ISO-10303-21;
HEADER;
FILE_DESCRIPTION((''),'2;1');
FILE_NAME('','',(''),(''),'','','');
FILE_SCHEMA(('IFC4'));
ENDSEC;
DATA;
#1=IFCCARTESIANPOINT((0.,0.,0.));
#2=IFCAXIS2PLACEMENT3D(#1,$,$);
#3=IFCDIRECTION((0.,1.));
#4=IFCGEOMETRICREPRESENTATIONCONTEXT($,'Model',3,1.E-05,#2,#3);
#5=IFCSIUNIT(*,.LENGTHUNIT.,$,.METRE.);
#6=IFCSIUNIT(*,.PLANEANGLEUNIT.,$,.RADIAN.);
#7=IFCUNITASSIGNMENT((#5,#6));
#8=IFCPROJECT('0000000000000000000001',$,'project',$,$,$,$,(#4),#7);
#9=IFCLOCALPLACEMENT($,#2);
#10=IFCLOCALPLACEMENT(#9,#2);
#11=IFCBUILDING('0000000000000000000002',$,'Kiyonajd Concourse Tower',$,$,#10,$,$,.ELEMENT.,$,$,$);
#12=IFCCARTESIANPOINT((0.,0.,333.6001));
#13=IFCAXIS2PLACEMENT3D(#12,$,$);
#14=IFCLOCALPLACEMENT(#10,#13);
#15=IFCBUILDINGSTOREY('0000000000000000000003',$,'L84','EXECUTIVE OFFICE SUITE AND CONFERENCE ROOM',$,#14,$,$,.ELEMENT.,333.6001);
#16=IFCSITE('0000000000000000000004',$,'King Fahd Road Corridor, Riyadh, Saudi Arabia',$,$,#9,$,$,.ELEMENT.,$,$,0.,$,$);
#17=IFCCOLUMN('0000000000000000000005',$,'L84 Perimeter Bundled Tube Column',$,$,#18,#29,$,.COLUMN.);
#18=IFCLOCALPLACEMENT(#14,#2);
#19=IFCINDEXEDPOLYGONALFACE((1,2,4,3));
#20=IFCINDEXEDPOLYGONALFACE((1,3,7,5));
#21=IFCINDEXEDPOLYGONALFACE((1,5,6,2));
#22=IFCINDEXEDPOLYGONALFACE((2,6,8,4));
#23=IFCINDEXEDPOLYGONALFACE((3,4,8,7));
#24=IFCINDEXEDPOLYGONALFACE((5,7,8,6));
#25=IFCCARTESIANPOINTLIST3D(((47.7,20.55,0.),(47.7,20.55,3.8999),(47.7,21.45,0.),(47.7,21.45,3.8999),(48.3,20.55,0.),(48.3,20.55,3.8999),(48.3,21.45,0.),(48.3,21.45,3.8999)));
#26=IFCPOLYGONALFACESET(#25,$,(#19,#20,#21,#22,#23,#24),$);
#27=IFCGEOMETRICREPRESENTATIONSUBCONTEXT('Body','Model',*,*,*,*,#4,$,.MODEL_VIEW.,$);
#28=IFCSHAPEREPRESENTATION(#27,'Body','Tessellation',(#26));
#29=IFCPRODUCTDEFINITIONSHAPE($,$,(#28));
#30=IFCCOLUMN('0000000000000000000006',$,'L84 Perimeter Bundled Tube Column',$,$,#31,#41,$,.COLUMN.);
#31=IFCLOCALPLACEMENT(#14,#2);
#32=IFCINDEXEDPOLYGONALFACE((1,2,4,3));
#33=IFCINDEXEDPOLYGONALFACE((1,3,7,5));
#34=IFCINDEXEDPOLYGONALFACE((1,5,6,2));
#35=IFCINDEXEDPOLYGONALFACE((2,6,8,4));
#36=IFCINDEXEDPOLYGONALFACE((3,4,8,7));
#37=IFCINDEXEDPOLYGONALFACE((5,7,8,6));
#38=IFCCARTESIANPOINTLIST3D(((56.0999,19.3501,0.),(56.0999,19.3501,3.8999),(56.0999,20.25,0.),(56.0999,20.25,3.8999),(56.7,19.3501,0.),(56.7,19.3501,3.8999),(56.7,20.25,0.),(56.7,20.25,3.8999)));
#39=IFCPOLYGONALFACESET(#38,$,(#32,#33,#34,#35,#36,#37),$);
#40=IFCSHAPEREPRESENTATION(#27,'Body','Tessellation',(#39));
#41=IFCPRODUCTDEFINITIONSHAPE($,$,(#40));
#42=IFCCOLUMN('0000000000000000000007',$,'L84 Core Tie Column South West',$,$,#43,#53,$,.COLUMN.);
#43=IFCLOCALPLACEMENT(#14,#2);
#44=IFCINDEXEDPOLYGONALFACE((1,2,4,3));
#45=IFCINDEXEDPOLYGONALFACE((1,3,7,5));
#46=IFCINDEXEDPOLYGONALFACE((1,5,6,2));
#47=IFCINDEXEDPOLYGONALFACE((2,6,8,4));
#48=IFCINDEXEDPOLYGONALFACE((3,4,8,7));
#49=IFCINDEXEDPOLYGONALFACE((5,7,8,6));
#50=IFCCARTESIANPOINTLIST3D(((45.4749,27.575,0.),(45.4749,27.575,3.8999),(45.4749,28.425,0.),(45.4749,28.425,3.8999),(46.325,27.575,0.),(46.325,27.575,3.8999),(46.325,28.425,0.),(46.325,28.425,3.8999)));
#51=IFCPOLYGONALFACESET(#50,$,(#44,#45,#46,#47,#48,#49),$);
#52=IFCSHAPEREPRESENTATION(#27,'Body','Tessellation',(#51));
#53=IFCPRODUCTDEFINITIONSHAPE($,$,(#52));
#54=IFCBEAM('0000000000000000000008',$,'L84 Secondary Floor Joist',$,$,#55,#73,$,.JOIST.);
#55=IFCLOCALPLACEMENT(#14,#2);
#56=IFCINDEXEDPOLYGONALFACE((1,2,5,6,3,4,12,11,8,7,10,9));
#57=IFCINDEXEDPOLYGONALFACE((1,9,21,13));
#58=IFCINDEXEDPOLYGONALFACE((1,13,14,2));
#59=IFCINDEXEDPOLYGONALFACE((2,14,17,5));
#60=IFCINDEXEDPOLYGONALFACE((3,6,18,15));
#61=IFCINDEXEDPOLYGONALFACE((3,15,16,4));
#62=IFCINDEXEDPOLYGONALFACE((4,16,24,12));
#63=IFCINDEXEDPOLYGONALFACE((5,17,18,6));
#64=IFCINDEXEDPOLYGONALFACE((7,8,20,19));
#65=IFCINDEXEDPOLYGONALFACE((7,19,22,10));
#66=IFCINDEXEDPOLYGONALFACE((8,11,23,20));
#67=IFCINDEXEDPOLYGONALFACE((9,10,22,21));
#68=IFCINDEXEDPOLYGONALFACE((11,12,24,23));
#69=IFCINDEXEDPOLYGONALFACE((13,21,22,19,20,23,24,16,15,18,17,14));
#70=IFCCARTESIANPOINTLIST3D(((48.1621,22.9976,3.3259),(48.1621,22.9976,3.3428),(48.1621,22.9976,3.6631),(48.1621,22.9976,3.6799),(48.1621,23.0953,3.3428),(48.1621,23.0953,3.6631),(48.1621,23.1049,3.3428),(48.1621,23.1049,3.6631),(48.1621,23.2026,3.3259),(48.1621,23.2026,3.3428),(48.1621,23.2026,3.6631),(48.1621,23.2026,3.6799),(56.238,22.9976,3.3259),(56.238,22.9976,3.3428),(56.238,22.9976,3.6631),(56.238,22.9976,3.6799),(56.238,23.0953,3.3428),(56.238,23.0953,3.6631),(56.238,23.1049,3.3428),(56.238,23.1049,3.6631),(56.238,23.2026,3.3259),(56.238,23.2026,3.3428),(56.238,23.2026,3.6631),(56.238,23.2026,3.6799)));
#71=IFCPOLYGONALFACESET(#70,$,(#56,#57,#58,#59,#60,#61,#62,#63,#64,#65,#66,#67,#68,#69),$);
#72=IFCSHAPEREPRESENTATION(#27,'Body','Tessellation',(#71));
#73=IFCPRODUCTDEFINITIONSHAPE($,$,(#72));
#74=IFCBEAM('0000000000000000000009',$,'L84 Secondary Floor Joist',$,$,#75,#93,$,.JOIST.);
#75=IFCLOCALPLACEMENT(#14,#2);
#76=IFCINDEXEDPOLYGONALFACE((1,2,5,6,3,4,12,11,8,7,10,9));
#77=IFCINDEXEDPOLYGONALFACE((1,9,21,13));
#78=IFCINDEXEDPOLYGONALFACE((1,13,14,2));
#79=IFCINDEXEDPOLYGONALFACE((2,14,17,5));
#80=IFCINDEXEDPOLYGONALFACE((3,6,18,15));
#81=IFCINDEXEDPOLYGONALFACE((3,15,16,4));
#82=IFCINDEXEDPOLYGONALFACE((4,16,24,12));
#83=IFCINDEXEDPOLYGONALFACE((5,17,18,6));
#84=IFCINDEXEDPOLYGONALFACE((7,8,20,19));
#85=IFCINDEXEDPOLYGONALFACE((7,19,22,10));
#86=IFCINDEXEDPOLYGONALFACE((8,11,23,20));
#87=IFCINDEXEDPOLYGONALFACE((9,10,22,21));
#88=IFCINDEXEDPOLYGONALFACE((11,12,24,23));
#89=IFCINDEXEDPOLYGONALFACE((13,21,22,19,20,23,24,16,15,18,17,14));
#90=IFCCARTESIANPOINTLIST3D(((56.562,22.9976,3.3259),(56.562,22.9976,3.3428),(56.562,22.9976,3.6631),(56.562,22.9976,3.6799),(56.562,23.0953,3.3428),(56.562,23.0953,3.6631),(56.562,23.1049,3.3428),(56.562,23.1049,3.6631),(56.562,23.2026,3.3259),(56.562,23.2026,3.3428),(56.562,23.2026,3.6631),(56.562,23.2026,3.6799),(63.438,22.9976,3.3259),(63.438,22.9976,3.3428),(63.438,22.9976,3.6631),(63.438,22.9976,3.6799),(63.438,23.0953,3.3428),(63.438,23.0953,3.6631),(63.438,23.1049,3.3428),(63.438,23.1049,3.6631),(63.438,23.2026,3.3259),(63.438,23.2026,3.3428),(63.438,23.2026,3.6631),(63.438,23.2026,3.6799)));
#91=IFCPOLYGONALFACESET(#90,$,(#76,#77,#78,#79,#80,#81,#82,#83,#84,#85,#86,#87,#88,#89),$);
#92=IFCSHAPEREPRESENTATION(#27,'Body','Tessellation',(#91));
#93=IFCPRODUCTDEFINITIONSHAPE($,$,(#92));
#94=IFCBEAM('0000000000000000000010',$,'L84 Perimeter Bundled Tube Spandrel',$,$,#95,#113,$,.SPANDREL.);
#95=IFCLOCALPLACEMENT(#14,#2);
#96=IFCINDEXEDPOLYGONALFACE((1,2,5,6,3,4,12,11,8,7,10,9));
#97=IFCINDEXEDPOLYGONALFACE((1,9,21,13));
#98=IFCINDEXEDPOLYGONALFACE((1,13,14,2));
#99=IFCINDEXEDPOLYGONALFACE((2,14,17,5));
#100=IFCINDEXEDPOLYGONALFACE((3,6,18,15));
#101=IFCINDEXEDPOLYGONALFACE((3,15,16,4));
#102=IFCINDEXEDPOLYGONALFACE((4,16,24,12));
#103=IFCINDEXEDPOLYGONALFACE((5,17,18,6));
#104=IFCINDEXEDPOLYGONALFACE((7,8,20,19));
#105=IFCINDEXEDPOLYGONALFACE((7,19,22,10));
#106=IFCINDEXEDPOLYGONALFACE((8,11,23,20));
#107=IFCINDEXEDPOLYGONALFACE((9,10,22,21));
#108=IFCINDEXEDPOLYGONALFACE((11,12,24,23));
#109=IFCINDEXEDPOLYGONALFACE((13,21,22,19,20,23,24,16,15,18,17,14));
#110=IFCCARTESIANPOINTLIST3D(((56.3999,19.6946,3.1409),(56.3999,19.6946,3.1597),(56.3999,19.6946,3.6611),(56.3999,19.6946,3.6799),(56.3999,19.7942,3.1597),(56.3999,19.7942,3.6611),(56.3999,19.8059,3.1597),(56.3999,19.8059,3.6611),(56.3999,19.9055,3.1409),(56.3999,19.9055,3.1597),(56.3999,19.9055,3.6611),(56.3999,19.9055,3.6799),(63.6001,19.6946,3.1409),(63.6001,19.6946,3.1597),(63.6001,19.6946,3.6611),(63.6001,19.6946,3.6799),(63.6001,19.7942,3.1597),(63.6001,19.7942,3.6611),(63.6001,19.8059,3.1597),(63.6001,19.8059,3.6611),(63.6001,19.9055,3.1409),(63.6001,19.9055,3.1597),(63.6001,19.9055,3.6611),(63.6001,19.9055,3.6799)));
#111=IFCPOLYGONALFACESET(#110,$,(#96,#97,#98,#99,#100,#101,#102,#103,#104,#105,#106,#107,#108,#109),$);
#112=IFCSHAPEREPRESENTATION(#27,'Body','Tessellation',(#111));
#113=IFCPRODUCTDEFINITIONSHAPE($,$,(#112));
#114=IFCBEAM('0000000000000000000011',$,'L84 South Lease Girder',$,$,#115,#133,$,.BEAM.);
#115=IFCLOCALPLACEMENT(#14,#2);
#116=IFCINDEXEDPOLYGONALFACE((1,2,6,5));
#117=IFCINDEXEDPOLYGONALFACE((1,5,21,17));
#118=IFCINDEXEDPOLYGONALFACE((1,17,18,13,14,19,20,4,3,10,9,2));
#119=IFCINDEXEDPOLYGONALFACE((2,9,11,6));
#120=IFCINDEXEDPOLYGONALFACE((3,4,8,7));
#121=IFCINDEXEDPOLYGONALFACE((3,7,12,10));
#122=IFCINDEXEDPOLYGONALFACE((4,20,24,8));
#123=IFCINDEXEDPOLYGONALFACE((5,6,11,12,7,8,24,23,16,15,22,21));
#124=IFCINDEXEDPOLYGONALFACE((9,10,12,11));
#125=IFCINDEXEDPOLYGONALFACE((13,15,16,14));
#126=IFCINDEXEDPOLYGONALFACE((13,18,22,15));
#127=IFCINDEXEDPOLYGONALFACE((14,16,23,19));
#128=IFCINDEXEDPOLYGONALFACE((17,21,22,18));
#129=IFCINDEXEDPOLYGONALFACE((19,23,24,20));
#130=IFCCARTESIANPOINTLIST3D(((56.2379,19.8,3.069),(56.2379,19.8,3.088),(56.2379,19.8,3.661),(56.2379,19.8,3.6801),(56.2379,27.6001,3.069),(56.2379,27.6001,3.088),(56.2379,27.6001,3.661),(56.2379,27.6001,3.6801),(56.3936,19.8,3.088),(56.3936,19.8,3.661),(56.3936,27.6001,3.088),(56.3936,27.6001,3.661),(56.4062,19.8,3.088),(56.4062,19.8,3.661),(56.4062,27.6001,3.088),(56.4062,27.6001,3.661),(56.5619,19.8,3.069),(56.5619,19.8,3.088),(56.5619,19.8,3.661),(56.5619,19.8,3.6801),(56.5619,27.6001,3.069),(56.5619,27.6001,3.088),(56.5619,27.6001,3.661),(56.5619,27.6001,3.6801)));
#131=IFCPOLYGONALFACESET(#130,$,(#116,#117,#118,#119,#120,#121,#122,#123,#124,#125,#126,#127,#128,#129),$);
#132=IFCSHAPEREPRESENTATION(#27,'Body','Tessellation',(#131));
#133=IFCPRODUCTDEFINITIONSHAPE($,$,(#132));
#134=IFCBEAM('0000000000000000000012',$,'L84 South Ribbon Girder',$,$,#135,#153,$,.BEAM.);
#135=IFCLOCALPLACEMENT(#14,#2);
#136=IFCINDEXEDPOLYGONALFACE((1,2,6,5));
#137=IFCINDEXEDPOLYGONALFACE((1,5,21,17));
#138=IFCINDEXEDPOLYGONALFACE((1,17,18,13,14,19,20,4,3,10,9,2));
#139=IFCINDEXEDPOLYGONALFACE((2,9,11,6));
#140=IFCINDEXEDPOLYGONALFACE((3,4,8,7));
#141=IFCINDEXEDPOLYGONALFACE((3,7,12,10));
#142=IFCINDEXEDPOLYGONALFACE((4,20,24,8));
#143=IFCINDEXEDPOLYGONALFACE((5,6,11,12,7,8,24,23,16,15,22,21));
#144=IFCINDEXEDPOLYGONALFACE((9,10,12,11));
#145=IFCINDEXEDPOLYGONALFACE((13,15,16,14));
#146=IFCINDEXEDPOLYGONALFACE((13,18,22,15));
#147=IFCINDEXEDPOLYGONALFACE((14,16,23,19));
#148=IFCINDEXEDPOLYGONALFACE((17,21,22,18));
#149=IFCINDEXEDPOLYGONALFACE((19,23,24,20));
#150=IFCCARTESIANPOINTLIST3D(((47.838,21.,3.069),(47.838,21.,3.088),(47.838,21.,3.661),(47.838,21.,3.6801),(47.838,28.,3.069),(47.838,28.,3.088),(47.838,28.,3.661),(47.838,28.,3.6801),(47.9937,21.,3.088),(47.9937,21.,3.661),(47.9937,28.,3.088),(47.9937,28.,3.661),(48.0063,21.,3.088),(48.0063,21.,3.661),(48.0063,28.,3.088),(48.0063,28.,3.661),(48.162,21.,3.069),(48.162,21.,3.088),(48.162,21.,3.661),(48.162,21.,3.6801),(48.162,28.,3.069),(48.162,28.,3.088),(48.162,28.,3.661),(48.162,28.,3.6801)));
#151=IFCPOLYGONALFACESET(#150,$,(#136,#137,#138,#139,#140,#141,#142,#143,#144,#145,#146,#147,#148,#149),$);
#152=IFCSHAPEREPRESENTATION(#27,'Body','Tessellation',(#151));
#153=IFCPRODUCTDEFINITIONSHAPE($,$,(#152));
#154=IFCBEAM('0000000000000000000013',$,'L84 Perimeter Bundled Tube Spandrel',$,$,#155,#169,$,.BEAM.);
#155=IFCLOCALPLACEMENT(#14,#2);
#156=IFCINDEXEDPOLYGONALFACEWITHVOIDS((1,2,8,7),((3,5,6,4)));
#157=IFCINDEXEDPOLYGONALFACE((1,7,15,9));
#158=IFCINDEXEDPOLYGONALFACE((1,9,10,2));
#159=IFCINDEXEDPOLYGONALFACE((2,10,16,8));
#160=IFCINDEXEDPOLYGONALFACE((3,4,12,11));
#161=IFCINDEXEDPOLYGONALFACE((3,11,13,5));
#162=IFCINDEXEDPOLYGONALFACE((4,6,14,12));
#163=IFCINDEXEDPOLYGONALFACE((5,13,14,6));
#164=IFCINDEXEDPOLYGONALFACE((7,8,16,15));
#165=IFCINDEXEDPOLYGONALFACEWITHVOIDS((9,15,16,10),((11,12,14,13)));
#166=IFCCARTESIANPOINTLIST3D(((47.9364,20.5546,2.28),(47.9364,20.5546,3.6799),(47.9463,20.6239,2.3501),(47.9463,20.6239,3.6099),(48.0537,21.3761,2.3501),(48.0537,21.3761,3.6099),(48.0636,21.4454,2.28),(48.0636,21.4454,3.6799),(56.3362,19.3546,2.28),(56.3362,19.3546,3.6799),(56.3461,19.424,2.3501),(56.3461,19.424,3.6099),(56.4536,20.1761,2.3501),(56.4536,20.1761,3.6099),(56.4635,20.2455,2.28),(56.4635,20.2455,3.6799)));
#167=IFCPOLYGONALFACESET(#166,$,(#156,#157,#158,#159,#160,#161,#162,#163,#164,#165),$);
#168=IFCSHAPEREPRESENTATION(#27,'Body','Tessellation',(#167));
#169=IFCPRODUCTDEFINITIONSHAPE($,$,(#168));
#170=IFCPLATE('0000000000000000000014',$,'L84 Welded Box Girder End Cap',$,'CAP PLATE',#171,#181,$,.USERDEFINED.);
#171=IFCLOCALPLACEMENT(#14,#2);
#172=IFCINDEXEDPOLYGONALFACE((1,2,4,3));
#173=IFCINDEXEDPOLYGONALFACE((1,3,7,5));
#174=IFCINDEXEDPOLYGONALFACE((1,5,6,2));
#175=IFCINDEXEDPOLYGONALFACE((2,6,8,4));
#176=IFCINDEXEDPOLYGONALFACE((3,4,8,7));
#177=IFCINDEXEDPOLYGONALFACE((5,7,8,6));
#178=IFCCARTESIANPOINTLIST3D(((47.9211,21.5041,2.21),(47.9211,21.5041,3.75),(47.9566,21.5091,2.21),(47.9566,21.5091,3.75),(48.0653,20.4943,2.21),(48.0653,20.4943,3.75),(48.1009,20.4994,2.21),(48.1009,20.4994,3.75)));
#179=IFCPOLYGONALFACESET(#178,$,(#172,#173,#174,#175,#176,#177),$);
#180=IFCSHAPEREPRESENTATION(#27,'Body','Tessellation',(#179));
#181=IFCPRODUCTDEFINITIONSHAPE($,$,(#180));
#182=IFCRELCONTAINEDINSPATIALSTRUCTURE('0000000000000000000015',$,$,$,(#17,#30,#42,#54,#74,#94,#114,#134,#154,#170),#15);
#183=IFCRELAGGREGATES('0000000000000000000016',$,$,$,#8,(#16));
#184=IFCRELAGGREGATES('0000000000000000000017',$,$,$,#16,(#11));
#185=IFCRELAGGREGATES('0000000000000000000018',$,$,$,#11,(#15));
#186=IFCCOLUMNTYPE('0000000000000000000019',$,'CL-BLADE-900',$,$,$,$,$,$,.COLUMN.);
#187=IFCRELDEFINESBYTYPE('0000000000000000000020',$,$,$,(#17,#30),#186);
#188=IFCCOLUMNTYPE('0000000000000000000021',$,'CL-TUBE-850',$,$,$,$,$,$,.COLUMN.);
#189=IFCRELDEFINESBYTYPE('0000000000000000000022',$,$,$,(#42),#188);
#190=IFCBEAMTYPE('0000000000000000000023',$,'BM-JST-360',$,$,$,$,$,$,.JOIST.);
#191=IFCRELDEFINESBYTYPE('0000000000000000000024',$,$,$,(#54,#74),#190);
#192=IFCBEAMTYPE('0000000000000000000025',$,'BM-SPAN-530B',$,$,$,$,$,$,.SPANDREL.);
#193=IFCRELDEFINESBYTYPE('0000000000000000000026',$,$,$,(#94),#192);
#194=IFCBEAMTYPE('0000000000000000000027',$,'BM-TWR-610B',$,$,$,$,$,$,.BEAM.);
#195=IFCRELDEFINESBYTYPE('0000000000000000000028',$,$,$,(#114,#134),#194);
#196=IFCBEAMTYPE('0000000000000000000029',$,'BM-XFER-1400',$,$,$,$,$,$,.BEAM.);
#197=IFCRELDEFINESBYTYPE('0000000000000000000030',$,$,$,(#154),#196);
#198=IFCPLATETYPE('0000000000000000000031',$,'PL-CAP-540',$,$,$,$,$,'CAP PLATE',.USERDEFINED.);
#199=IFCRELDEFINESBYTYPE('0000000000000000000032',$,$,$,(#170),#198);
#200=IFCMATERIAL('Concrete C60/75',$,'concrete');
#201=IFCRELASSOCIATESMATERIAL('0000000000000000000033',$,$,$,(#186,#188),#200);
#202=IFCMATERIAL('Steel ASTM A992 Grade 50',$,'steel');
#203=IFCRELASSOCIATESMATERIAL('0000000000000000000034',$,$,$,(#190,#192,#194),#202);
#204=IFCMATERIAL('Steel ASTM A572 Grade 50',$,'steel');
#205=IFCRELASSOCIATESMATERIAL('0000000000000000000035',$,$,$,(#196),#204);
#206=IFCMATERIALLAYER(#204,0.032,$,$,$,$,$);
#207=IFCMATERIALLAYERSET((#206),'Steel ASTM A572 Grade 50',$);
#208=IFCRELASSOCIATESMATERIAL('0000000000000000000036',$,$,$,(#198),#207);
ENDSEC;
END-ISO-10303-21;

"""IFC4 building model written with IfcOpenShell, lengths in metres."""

from ifc_helpers import new_model, si_unit, direction, frame, origin, origin_2d, place, context, subcontext, project, spatial, rectangle, hollow_rectangle, i_section, extrude, material, layer, layer_set, material_profile, profile_set, type_object, element, save


model = new_model("IFC4")

# Units and contexts
model_context = context("Model", 3, precision=1e-05, world=origin(), true_north=direction((0.0, 1.0)))
body_context = subcontext(model_context, "Body", "Model", "MODEL_VIEW")
ifc_project = project(units=[si_unit("LENGTHUNIT", "METRE"), si_unit("PLANEANGLEUNIT", "RADIAN")], contexts=[model_context])

# Site, building, storey
site_placement = place(None, origin())
site = spatial("IfcSite", under=ifc_project, at=site_placement, Name="King Fahd Road Corridor, Riyadh, Saudi Arabia", CompositionType="ELEMENT", RefElevation=0.0)
building_placement = place(site_placement, origin())
building = spatial("IfcBuilding", under=site, at=building_placement, Name="Kiyonajd Concourse Tower", CompositionType="ELEMENT")
storey_placement = place(building_placement, frame((0.0, 0.0, 333.6001)))
storey = spatial("IfcBuildingStorey", under=building, at=storey_placement, Name="L84", Description="EXECUTIVE OFFICE SUITE AND CONFERENCE ROOM", CompositionType="ELEMENT", Elevation=333.6001)

# Columns
ifc_material_1 = material(Name="Concrete C60/75", Category="concrete")
ifc_material_profile_1 = material_profile(ifc_material_1, rectangle(XDim=0.6001, YDim=0.8999, at=origin_2d()), Name="RC-900x600")
ifc_profile_set_1 = profile_set([ifc_material_profile_1], Name="Concrete C60/75")
column_type_1 = type_object("IfcColumnType", Name="CL-BLADE-900", PredefinedType="COLUMN", material=ifc_profile_set_1)
for number, where, z_axis, x_axis, name in (
    (1, (48.0, 21.0, 0.0), (0.0, 0.0, 1.0), (1.0, 0.0, 0.0), "L84 Perimeter Bundled Tube Column"),
    (2, (56.3999, 19.8, 0.0), (0.0, 0.0, 1.0), (1.0, 0.0, 0.0), "L84 Perimeter Bundled Tube Column"),
):
    element("IfcColumn", number, at=place(storey_placement, frame(where, z_axis=z_axis, x_axis=x_axis)), inside=storey, type_object=column_type_1, Name=name, PredefinedType="COLUMN", context=body_context, shape_type="SweptSolid", body=[
        extrude(rectangle(XDim=0.6001, YDim=0.8999, at=origin_2d()), origin(), (0.0, 0.0, 1.0), 3.8999),
    ])
ifc_material_profile_2 = material_profile(ifc_material_1, rectangle(XDim=0.8501, YDim=0.8501, at=origin_2d()), Name="RC-850x850")
ifc_profile_set_2 = profile_set([ifc_material_profile_2], Name="Concrete C60/75")
column_type_2 = type_object("IfcColumnType", Name="CL-TUBE-850", PredefinedType="COLUMN", material=ifc_profile_set_2)
column_placement = place(storey_placement, frame((45.8999, 28.0, 0.0), z_axis=(0.0, 0.0, 1.0), x_axis=(1.0, 0.0, 0.0)))
element("IfcColumn", 3, at=column_placement, inside=storey, type_object=column_type_2, Name="L84 Core Tie Column South West", PredefinedType="COLUMN", context=body_context, shape_type="SweptSolid", body=[
    extrude(rectangle(XDim=0.8501, YDim=0.8501, at=origin_2d()), origin(), (0.0, 0.0, 1.0), 3.8999),
])

# Beams
ifc_material_2 = material(Name="Steel ASTM A992 Grade 50", Category="steel")
ifc_material_profile_3 = material_profile(ifc_material_2, i_section(OverallWidth=0.2051, OverallDepth=0.354, WebThickness=0.0095, FlangeThickness=0.0168, at=origin_2d()), Name="W360X79")
ifc_profile_set_3 = profile_set([ifc_material_profile_3], Name="Steel ASTM A992 Grade 50")
beam_type_1 = type_object("IfcBeamType", Name="BM-JST-360", PredefinedType="JOIST", material=ifc_profile_set_3)
beam_1_placement = place(storey_placement, frame((48.1621, 23.1001, 3.5029), z_axis=(1.0, 0.0, 0.0), x_axis=(0.0, 1.0, 0.0)))
element("IfcBeam", 4, at=beam_1_placement, inside=storey, type_object=beam_type_1, Name="L84 Secondary Floor Joist", PredefinedType="JOIST", context=body_context, shape_type="SweptSolid", body=[
    extrude(i_section(OverallWidth=0.2051, OverallDepth=0.354, WebThickness=0.0095, FlangeThickness=0.0168, at=origin_2d()), origin(), (0.0, 0.0, 1.0), 8.0759),
])
beam_2_placement = place(storey_placement, frame((56.562, 23.1001, 3.5029), z_axis=(1.0, 0.0, 0.0), x_axis=(0.0, 1.0, 0.0)))
element("IfcBeam", 5, at=beam_2_placement, inside=storey, type_object=beam_type_1, Name="L84 Secondary Floor Joist", PredefinedType="JOIST", context=body_context, shape_type="SweptSolid", body=[
    extrude(i_section(OverallWidth=0.2051, OverallDepth=0.354, WebThickness=0.0095, FlangeThickness=0.0168, at=origin_2d()), origin(), (0.0, 0.0, 1.0), 6.876),
])
ifc_material_profile_4 = material_profile(ifc_material_2, i_section(OverallWidth=0.2109, OverallDepth=0.5391, WebThickness=0.0117, FlangeThickness=0.0188, at=origin_2d()), Name="W530X109")
ifc_profile_set_4 = profile_set([ifc_material_profile_4], Name="Steel ASTM A992 Grade 50")
beam_type_2 = type_object("IfcBeamType", Name="BM-SPAN-530B", PredefinedType="SPANDREL", material=ifc_profile_set_4)
beam_3_placement = place(storey_placement, frame((56.3999, 19.8, 3.4104), z_axis=(1.0, 0.0, 0.0), x_axis=(0.0, 1.0, 0.0)))
element("IfcBeam", 6, at=beam_3_placement, inside=storey, type_object=beam_type_2, Name="L84 Perimeter Bundled Tube Spandrel", PredefinedType="SPANDREL", context=body_context, shape_type="SweptSolid", body=[
    extrude(i_section(OverallWidth=0.2109, OverallDepth=0.5391, WebThickness=0.0117, FlangeThickness=0.0188, at=origin_2d()), origin(), (0.0, 0.0, 1.0), 7.2002),
])
ifc_material_profile_5 = material_profile(ifc_material_2, i_section(OverallWidth=0.324, OverallDepth=0.6111, WebThickness=0.0127, FlangeThickness=0.019, at=origin_2d()), Name="W610X155")
ifc_profile_set_5 = profile_set([ifc_material_profile_5], Name="Steel ASTM A992 Grade 50")
beam_type_3 = type_object("IfcBeamType", Name="BM-TWR-610B", PredefinedType="BEAM", material=ifc_profile_set_5)
beam_4_placement = place(storey_placement, frame((56.3999, 19.8, 3.3745), z_axis=(0.0, 1.0, 0.0), x_axis=(-1.0, 0.0, 0.0)))
element("IfcBeam", 7, at=beam_4_placement, inside=storey, type_object=beam_type_3, Name="L84 South Lease Girder", PredefinedType="BEAM", context=body_context, shape_type="SweptSolid", body=[
    extrude(i_section(OverallWidth=0.324, OverallDepth=0.6111, WebThickness=0.0127, FlangeThickness=0.019, at=origin_2d()), origin(), (0.0, 0.0, 1.0), 7.8),
])
beam_5_placement = place(storey_placement, frame((48.0, 21.0, 3.3745), z_axis=(0.0, 1.0, 0.0), x_axis=(-1.0, 0.0, 0.0)))
element("IfcBeam", 8, at=beam_5_placement, inside=storey, type_object=beam_type_3, Name="L84 South Ribbon Girder", PredefinedType="BEAM", context=body_context, shape_type="SweptSolid", body=[
    extrude(i_section(OverallWidth=0.324, OverallDepth=0.6111, WebThickness=0.0127, FlangeThickness=0.019, at=origin_2d()), origin(), (0.0, 0.0, 1.0), 7.0),
])
ifc_material_3 = material(Name="Steel ASTM A572 Grade 50", Category="steel")
ifc_material_profile_6 = material_profile(ifc_material_3, hollow_rectangle(XDim=0.8999, YDim=1.3999, WallThickness=0.0701, at=origin_2d()), Name="BOX-1400x900x70")
ifc_profile_set_6 = profile_set([ifc_material_profile_6], Name="Steel ASTM A572 Grade 50")
beam_type_4 = type_object("IfcBeamType", Name="BM-XFER-1400", PredefinedType="BEAM", material=ifc_profile_set_6)
beam_6_placement = place(storey_placement, frame((48.0, 21.0, 2.98), z_axis=(0.98995, -0.141417, 0.0), x_axis=(0.141417, 0.98995, 0.0)))
element("IfcBeam", 9, at=beam_6_placement, inside=storey, type_object=beam_type_4, Name="L84 Perimeter Bundled Tube Spandrel", PredefinedType="BEAM", context=body_context, shape_type="SweptSolid", body=[
    extrude(hollow_rectangle(XDim=0.8999, YDim=1.3999, WallThickness=0.0701, at=origin_2d()), origin(), (0.0, 0.0, 1.0), 8.4851),
])

# Plate
ifc_layer_1 = layer(ifc_material_3, 0.032)
ifc_layer_set_1 = layer_set([ifc_layer_1], Name="Steel ASTM A572 Grade 50")
plate_type_1 = type_object("IfcPlateType", Name="PL-CAP-540", ElementType="CAP PLATE", PredefinedType="USERDEFINED", material=ifc_layer_set_1)
for number, where, z_axis, x_axis, name in (
    (10, (48.011, 21.0017, 2.21), (0.0, 0.0, 1.0), (0.98995, 0.14142, 0.0), "L84 Welded Box Girder End Cap"),
):
    element("IfcPlate", number, at=place(storey_placement, frame(where, z_axis=z_axis, x_axis=x_axis)), inside=storey, type_object=plate_type_1, Name=name, ObjectType="CAP PLATE", PredefinedType="USERDEFINED", context=body_context, shape_type="SweptSolid", body=[
        extrude(rectangle(XDim=0.0359, YDim=1.02, at=origin_2d()), origin(), (0.0, 0.0, 1.0), 1.54),
    ])

save(model, "model.ifc")
